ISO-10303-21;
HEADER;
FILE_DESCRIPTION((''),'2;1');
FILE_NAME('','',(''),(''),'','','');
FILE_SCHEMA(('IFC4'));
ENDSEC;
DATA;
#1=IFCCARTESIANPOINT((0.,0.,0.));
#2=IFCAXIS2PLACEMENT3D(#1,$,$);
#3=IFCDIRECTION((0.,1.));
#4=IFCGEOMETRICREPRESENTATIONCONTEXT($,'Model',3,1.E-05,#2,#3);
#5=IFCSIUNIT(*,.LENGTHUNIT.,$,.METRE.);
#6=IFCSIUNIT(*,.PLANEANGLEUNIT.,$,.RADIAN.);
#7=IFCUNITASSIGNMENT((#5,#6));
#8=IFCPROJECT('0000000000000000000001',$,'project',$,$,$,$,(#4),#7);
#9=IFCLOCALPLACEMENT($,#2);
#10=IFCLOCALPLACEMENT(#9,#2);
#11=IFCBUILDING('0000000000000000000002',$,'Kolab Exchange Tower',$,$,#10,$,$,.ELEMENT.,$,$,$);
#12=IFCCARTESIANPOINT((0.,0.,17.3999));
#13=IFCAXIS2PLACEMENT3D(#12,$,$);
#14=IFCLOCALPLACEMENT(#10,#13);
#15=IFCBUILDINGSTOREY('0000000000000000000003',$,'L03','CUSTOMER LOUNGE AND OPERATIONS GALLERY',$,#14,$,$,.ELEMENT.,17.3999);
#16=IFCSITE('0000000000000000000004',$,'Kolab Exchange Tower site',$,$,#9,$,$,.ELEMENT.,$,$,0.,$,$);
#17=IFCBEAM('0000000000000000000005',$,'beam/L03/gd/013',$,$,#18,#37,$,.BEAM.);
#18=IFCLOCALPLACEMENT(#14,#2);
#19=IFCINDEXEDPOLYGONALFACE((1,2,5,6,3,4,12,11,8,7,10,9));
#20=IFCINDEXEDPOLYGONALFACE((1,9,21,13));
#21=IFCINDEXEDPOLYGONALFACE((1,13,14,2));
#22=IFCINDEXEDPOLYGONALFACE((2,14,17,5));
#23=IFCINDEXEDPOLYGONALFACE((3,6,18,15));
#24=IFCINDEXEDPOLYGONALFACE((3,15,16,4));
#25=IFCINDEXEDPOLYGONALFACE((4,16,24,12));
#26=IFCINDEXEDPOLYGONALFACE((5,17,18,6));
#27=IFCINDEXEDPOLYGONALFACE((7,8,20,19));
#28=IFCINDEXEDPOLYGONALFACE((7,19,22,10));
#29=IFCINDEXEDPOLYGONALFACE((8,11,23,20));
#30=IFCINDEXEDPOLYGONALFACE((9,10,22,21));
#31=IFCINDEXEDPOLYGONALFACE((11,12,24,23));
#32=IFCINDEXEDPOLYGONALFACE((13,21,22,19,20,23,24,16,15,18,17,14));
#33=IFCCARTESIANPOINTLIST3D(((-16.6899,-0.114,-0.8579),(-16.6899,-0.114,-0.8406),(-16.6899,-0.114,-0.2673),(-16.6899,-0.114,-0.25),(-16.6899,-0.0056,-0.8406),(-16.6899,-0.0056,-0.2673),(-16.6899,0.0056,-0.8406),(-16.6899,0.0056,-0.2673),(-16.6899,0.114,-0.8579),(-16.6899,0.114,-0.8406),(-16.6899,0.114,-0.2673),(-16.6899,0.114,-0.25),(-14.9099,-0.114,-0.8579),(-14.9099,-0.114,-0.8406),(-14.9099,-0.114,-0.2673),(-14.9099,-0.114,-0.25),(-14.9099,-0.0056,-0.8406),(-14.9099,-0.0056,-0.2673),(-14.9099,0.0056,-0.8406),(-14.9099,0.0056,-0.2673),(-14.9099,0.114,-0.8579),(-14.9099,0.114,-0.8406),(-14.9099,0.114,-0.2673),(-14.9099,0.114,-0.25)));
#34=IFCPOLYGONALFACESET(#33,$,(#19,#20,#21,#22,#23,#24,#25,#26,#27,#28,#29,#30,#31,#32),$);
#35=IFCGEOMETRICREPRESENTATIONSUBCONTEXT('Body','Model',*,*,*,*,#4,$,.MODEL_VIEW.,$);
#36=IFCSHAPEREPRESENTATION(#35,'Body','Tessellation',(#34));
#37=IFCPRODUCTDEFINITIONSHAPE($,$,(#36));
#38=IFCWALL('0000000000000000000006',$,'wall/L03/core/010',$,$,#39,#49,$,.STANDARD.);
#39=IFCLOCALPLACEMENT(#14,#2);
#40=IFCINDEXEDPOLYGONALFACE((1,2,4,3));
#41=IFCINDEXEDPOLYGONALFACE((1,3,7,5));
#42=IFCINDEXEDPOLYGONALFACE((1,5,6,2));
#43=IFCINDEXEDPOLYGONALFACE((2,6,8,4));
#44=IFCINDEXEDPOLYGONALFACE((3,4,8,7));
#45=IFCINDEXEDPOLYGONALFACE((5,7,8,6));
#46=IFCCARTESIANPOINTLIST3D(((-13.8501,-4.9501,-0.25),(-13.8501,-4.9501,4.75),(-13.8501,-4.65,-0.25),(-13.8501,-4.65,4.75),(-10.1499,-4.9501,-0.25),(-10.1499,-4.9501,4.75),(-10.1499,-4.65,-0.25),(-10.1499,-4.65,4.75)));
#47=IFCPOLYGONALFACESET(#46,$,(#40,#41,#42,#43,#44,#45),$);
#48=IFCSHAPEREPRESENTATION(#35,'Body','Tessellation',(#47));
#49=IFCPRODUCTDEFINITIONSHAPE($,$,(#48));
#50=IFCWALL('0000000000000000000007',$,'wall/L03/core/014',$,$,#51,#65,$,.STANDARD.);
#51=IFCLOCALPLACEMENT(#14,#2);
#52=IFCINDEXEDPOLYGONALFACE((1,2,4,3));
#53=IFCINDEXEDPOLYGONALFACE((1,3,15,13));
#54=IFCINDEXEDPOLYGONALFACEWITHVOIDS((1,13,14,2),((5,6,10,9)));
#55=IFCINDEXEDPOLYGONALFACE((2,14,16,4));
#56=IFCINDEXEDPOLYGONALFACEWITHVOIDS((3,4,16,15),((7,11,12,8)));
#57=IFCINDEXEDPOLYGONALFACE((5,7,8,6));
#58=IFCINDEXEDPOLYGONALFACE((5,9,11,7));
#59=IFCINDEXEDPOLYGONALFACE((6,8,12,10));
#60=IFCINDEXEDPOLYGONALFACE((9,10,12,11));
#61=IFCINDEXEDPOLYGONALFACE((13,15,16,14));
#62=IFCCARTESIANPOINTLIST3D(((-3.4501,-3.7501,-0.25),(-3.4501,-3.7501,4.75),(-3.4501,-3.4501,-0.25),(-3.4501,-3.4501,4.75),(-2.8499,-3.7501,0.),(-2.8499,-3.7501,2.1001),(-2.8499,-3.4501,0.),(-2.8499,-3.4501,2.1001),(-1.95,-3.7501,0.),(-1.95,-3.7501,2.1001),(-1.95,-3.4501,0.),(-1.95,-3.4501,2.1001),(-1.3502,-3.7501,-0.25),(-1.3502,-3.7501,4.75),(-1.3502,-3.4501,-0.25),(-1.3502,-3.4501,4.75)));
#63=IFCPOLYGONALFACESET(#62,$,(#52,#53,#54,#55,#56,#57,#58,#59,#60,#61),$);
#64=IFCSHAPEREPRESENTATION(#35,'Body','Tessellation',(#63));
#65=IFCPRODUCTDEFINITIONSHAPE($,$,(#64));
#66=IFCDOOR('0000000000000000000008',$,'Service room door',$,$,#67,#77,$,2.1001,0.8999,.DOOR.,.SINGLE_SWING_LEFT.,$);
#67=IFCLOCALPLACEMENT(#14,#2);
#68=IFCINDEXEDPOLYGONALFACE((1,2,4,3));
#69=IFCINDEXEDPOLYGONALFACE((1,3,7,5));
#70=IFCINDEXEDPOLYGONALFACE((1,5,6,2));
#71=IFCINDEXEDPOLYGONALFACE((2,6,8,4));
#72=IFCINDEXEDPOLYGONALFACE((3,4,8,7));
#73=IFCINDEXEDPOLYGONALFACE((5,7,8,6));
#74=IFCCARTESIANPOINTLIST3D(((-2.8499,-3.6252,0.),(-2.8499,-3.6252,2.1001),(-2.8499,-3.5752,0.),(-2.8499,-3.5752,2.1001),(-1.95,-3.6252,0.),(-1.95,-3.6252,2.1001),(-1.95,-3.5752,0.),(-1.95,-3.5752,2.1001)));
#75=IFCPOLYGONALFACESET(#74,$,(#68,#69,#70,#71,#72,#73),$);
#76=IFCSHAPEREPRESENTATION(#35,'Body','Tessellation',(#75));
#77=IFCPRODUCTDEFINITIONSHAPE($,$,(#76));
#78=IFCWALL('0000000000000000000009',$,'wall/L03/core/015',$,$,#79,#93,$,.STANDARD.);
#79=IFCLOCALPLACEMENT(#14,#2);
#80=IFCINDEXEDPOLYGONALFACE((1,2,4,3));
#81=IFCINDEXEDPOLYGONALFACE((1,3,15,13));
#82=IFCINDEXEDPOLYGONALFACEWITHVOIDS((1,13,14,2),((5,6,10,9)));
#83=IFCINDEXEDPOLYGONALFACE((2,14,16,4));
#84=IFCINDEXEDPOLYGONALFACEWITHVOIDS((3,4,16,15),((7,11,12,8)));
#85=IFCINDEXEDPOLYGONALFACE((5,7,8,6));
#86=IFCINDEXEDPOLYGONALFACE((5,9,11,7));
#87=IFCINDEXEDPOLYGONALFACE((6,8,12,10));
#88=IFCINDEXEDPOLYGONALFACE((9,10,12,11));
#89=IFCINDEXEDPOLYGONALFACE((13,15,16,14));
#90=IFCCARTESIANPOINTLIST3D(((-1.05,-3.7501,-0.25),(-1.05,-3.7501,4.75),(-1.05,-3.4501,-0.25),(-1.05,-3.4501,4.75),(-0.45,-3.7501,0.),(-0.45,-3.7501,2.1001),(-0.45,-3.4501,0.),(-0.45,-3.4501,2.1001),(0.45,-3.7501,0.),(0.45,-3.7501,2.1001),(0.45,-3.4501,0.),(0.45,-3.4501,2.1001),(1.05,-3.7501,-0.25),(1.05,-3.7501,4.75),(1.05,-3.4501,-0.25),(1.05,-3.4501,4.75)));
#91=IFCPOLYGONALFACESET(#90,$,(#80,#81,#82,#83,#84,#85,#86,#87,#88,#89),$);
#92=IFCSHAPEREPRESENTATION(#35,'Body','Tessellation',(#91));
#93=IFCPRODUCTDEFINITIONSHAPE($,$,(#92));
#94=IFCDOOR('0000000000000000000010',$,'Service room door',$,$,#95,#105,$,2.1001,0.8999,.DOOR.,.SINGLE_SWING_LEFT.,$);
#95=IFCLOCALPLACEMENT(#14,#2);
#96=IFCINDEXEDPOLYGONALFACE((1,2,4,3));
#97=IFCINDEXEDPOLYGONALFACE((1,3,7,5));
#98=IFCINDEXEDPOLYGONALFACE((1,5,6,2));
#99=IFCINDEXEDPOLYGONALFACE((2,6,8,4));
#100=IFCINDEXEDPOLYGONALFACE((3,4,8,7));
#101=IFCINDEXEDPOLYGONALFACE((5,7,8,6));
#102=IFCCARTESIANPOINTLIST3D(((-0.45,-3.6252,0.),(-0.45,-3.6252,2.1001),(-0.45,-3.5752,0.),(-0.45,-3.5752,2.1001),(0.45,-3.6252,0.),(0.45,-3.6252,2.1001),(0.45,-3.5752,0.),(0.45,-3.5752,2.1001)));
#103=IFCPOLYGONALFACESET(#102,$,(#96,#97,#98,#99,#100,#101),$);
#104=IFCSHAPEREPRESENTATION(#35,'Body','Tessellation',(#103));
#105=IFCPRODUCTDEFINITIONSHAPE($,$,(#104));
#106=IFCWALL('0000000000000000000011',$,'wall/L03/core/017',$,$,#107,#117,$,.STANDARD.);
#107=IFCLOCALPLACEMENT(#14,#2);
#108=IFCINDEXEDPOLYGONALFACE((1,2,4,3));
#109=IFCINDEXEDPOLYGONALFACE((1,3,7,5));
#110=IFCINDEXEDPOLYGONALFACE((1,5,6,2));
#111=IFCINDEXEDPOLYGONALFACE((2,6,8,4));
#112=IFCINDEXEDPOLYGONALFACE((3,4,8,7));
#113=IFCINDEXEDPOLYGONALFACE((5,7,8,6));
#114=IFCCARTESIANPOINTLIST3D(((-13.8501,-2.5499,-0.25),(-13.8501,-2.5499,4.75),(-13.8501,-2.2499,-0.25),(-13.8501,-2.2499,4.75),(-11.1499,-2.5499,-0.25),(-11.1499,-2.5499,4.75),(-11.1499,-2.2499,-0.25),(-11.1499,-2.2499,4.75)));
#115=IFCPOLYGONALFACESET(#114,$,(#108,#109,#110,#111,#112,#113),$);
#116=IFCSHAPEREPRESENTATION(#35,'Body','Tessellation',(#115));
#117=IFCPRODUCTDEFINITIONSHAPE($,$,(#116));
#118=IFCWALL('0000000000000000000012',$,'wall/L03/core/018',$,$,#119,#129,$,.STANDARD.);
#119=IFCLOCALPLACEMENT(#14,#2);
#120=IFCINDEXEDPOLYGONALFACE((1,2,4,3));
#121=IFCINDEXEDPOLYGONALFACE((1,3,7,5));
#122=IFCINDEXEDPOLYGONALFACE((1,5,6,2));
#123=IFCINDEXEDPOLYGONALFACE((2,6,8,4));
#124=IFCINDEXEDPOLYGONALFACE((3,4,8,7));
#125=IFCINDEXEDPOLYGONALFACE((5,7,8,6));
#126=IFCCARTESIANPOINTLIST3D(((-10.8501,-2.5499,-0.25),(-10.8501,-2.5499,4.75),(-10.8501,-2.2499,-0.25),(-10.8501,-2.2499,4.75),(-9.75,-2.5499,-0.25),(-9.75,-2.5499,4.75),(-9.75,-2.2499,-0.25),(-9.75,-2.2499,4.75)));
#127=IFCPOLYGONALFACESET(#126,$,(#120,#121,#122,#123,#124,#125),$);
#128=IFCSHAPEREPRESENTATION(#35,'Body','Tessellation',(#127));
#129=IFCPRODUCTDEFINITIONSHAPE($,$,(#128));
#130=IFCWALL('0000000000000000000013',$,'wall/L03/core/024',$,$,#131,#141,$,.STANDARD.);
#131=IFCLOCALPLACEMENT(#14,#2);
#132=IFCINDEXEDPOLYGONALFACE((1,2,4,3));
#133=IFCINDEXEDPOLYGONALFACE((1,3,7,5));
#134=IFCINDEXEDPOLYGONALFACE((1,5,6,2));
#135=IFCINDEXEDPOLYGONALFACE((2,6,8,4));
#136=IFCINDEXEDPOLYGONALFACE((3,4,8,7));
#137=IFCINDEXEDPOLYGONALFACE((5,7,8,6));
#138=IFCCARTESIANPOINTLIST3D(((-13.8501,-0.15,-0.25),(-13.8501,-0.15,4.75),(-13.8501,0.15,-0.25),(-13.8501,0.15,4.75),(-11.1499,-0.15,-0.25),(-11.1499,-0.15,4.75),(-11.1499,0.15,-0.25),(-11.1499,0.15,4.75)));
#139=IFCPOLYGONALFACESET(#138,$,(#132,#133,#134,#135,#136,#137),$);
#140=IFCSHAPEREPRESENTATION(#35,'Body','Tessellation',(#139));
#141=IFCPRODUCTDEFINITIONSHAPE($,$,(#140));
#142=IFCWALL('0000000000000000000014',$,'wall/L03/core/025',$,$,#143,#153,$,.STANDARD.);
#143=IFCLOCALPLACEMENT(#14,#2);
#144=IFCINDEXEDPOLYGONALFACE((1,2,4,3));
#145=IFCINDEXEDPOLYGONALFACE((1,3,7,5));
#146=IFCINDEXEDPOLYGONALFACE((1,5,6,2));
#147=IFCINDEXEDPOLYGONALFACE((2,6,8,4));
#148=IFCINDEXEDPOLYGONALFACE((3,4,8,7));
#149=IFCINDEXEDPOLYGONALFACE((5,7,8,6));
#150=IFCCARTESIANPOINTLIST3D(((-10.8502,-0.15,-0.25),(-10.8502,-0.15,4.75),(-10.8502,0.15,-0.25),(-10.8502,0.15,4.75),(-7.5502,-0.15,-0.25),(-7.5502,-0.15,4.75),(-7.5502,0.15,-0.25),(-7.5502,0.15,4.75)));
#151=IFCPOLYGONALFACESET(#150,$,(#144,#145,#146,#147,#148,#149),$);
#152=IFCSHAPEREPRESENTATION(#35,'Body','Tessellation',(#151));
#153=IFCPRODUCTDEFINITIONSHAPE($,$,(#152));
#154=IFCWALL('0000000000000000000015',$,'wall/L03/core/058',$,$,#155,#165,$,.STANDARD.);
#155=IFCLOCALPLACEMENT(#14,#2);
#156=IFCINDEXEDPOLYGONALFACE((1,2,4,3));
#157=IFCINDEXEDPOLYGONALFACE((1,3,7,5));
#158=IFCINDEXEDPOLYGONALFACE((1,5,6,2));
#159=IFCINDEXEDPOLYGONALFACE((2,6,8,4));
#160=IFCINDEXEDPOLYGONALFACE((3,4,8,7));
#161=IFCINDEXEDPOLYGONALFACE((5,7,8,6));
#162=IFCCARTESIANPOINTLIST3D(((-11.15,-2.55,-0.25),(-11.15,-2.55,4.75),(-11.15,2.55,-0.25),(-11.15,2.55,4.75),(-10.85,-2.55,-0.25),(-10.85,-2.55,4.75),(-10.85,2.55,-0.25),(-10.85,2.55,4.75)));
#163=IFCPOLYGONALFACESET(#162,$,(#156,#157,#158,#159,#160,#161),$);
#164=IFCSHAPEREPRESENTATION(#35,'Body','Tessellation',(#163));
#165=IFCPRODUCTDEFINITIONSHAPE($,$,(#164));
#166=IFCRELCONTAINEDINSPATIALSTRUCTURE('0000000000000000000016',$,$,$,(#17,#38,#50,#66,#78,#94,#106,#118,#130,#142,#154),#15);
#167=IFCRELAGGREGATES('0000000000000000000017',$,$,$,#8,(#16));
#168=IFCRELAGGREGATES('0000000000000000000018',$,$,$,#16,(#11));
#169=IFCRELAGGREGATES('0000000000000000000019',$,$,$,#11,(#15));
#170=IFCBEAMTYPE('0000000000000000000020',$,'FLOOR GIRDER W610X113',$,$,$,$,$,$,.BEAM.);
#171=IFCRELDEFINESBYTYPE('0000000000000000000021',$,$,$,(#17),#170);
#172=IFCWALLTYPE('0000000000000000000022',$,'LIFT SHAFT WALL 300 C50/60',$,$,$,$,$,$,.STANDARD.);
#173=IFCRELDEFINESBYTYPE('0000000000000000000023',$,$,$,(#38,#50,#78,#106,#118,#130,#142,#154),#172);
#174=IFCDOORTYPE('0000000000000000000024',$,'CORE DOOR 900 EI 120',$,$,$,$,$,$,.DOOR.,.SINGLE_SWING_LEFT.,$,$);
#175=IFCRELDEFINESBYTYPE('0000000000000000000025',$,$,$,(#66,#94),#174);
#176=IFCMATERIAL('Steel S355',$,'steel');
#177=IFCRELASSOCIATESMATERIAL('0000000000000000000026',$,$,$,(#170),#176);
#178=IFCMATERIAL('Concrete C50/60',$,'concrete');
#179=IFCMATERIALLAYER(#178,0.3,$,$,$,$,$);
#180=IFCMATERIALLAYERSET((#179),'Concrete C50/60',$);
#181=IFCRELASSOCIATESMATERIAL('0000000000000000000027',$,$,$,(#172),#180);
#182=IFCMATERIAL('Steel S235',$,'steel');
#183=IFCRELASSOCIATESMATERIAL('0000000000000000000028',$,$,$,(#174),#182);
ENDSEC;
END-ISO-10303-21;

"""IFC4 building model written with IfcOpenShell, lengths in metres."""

from ifc_helpers import new_model, si_unit, direction, frame, frame_2d, origin, origin_2d, place, context, subcontext, project, spatial, rectangle, i_section, extrude, material, layer, layer_set, material_profile, profile_set, type_object, element, fill, save


model = new_model("IFC4")

# Units and contexts
model_context = context("Model", 3, precision=1e-05, world=origin(), true_north=direction((0.0, 1.0)))
body_context = subcontext(model_context, "Body", "Model", "MODEL_VIEW")
ifc_project = project(units=[si_unit("LENGTHUNIT", "METRE"), si_unit("PLANEANGLEUNIT", "RADIAN")], contexts=[model_context])

# Site, building, storey
site_placement = place(None, origin())
site = spatial("IfcSite", under=ifc_project, at=site_placement, Name="Kolab Exchange Tower site", CompositionType="ELEMENT", RefElevation=0.0)
building_placement = place(site_placement, origin())
building = spatial("IfcBuilding", under=site, at=building_placement, Name="Kolab Exchange Tower", CompositionType="ELEMENT")
storey_placement = place(building_placement, frame((0.0, 0.0, 17.3999)))
storey = spatial("IfcBuildingStorey", under=building, at=storey_placement, Name="L03", Description="CUSTOMER LOUNGE AND OPERATIONS GALLERY", CompositionType="ELEMENT", Elevation=17.3999)

# Beam
ifc_material_1 = material(Name="Steel S355", Category="steel")
ifc_material_profile = material_profile(ifc_material_1, i_section(OverallWidth=0.228, OverallDepth=0.6079, WebThickness=0.0112, FlangeThickness=0.0173, at=origin_2d()), Name="W610X113")
ifc_profile_set = profile_set([ifc_material_profile], Name="Steel S355")
beam_type = type_object("IfcBeamType", Name="FLOOR GIRDER W610X113", PredefinedType="BEAM", material=ifc_profile_set)
beam_placement = place(storey_placement, frame((-16.6899, 0.0, -0.554), z_axis=(1.0, 0.0, 0.0), x_axis=(0.0, 1.0, 0.0)))
element("IfcBeam", 1, at=beam_placement, inside=storey, type_object=beam_type, Name="beam/L03/gd/013", PredefinedType="BEAM", context=body_context, shape_type="SweptSolid", body=[
    extrude(i_section(OverallWidth=0.228, OverallDepth=0.6079, WebThickness=0.0112, FlangeThickness=0.0173, at=origin_2d()), origin(), (0.0, 0.0, 1.0), 1.78),
])

# Wall
ifc_material_2 = material(Name="Concrete C50/60", Category="concrete")
ifc_layer_1 = layer(ifc_material_2, 0.3)
ifc_layer_set_1 = layer_set([ifc_layer_1], Name="Concrete C50/60")
wall_type_1 = type_object("IfcWallType", Name="LIFT SHAFT WALL 300 C50/60", PredefinedType="STANDARD", material=ifc_layer_set_1)
wall_1_placement = place(storey_placement, frame((-13.8501, -4.8, -0.25), z_axis=(0.0, 0.0, 1.0), x_axis=(1.0, 0.0, 0.0)))
element("IfcWall", 2, at=wall_1_placement, inside=storey, type_object=wall_type_1, Name="wall/L03/core/010", PredefinedType="STANDARD", context=body_context, shape_type="SweptSolid", body=[
    extrude(rectangle(XDim=3.7002, YDim=0.3, at=frame_2d((1.8501, 0.0))), origin(), (0.0, 0.0, 1.0), 5.0),
])

# Walls, openings, doors
wall_2_placement = place(storey_placement, frame((-3.45, -3.6001, -0.25), z_axis=(0.0, 0.0, 1.0), x_axis=(1.0, 0.0, 0.0)))
wall_2 = element("IfcWall", 3, at=wall_2_placement, inside=storey, type_object=wall_type_1, Name="wall/L03/core/014", PredefinedType="STANDARD", context=body_context, shape_type="SweptSolid", body=[
    extrude(rectangle(XDim=2.0999, YDim=0.3, at=frame_2d((1.0498, 0.0))), origin(), (0.0, 0.0, 1.0), 5.0),
])
opening_1_placement = place(wall_2_placement, frame((0.6001, 0.0, 0.25)))
opening_1 = element("IfcOpeningElement", 4, at=opening_1_placement, cuts=wall_2, PredefinedType="OPENING", context=body_context, shape_type="SweptSolid", body=[
    extrude(rectangle(XDim=0.8999, YDim=2.1001, at=frame_2d((0.45, 1.05))), frame((0.0, 0.1602, 0.0), z_axis=(0.0, -1.0, 0.0), x_axis=(1.0, 0.0, 0.0)), (0.0, 0.0, 1.0), 0.3201),
])
ifc_material_3 = material(Name="Steel S235", Category="steel")
door_type_1 = type_object("IfcDoorType", Name="CORE DOOR 900 EI 120", OperationType="SINGLE_SWING_LEFT", PredefinedType="DOOR", material=ifc_material_3)
door_1_placement = place(opening_1_placement, origin())
door_1 = element("IfcDoor", 5, at=door_1_placement, inside=storey, type_object=door_type_1, Name="Service room door", OperationType="SINGLE_SWING_LEFT", OverallHeight=2.1001, OverallWidth=0.8999, PredefinedType="DOOR", context=body_context, shape_type="SweptSolid", body=[
    extrude(rectangle(XDim=0.8999, YDim=2.1001, at=frame_2d((0.45, 1.05))), frame((0.0, 0.0249, 0.0), z_axis=(0.0, -1.0, 0.0), x_axis=(1.0, 0.0, 0.0)), (0.0, 0.0, 1.0), 0.05),
])
fill(opening_1, door_1)
wall_3_placement = place(storey_placement, frame((-1.05, -3.6001, -0.25), z_axis=(0.0, 0.0, 1.0), x_axis=(1.0, 0.0, 0.0)))
wall_3 = element("IfcWall", 6, at=wall_3_placement, inside=storey, type_object=wall_type_1, Name="wall/L03/core/015", PredefinedType="STANDARD", context=body_context, shape_type="SweptSolid", body=[
    extrude(rectangle(XDim=2.1001, YDim=0.3, at=frame_2d((1.05, 0.0))), origin(), (0.0, 0.0, 1.0), 5.0),
])
opening_2_placement = place(wall_3_placement, frame((0.6001, 0.0, 0.25)))
opening_2 = element("IfcOpeningElement", 7, at=opening_2_placement, cuts=wall_3, PredefinedType="OPENING", context=body_context, shape_type="SweptSolid", body=[
    extrude(rectangle(XDim=0.8999, YDim=2.1001, at=frame_2d((0.45, 1.05))), frame((0.0, 0.1602, 0.0), z_axis=(0.0, -1.0, 0.0), x_axis=(1.0, 0.0, 0.0)), (0.0, 0.0, 1.0), 0.3201),
])
door_2_placement = place(opening_2_placement, origin())
door_2 = element("IfcDoor", 8, at=door_2_placement, inside=storey, type_object=door_type_1, Name="Service room door", OperationType="SINGLE_SWING_LEFT", OverallHeight=2.1001, OverallWidth=0.8999, PredefinedType="DOOR", context=body_context, shape_type="SweptSolid", body=[
    extrude(rectangle(XDim=0.8999, YDim=2.1001, at=frame_2d((0.45, 1.05))), frame((0.0, 0.0249, 0.0), z_axis=(0.0, -1.0, 0.0), x_axis=(1.0, 0.0, 0.0)), (0.0, 0.0, 1.0), 0.05),
])
fill(opening_2, door_2)

# Walls
wall_4_placement = place(storey_placement, frame((-13.8501, -2.3999, -0.25), z_axis=(0.0, 0.0, 1.0), x_axis=(1.0, 0.0, 0.0)))
element("IfcWall", 9, at=wall_4_placement, inside=storey, type_object=wall_type_1, Name="wall/L03/core/017", PredefinedType="STANDARD", context=body_context, shape_type="SweptSolid", body=[
    extrude(rectangle(XDim=2.7002, YDim=0.3, at=frame_2d((1.3501, 0.0))), origin(), (0.0, 0.0, 1.0), 5.0),
])
wall_5_placement = place(storey_placement, frame((-10.8501, -2.3999, -0.25), z_axis=(0.0, 0.0, 1.0), x_axis=(1.0, 0.0, 0.0)))
element("IfcWall", 10, at=wall_5_placement, inside=storey, type_object=wall_type_1, Name="wall/L03/core/018", PredefinedType="STANDARD", context=body_context, shape_type="SweptSolid", body=[
    extrude(rectangle(XDim=1.1001, YDim=0.3, at=frame_2d((0.55, 0.0))), origin(), (0.0, 0.0, 1.0), 5.0),
])
wall_6_placement = place(storey_placement, frame((-13.8501, 0.0, -0.25), z_axis=(0.0, 0.0, 1.0), x_axis=(1.0, 0.0, 0.0)))
element("IfcWall", 11, at=wall_6_placement, inside=storey, type_object=wall_type_1, Name="wall/L03/core/024", PredefinedType="STANDARD", context=body_context, shape_type="SweptSolid", body=[
    extrude(rectangle(XDim=2.7002, YDim=0.3, at=frame_2d((1.3501, 0.0))), origin(), (0.0, 0.0, 1.0), 5.0),
])
wall_7_placement = place(storey_placement, frame((-10.8501, 0.0, -0.25), z_axis=(0.0, 0.0, 1.0), x_axis=(1.0, 0.0, 0.0)))
element("IfcWall", 12, at=wall_7_placement, inside=storey, type_object=wall_type_1, Name="wall/L03/core/025", PredefinedType="STANDARD", context=body_context, shape_type="SweptSolid", body=[
    extrude(rectangle(XDim=3.3, YDim=0.3, at=frame_2d((1.6499, 0.0))), origin(), (0.0, 0.0, 1.0), 5.0),
])
wall_8_placement = place(storey_placement, frame((-11.0, -2.55, -0.25), z_axis=(0.0, 0.0, 1.0), x_axis=(0.0, 1.0, 0.0)))
element("IfcWall", 13, at=wall_8_placement, inside=storey, type_object=wall_type_1, Name="wall/L03/core/058", PredefinedType="STANDARD", context=body_context, shape_type="SweptSolid", body=[
    extrude(rectangle(XDim=5.1001, YDim=0.3, at=frame_2d((2.55, 0.0))), origin(), (0.0, 0.0, 1.0), 5.0),
])

save(model, "model.ifc")
